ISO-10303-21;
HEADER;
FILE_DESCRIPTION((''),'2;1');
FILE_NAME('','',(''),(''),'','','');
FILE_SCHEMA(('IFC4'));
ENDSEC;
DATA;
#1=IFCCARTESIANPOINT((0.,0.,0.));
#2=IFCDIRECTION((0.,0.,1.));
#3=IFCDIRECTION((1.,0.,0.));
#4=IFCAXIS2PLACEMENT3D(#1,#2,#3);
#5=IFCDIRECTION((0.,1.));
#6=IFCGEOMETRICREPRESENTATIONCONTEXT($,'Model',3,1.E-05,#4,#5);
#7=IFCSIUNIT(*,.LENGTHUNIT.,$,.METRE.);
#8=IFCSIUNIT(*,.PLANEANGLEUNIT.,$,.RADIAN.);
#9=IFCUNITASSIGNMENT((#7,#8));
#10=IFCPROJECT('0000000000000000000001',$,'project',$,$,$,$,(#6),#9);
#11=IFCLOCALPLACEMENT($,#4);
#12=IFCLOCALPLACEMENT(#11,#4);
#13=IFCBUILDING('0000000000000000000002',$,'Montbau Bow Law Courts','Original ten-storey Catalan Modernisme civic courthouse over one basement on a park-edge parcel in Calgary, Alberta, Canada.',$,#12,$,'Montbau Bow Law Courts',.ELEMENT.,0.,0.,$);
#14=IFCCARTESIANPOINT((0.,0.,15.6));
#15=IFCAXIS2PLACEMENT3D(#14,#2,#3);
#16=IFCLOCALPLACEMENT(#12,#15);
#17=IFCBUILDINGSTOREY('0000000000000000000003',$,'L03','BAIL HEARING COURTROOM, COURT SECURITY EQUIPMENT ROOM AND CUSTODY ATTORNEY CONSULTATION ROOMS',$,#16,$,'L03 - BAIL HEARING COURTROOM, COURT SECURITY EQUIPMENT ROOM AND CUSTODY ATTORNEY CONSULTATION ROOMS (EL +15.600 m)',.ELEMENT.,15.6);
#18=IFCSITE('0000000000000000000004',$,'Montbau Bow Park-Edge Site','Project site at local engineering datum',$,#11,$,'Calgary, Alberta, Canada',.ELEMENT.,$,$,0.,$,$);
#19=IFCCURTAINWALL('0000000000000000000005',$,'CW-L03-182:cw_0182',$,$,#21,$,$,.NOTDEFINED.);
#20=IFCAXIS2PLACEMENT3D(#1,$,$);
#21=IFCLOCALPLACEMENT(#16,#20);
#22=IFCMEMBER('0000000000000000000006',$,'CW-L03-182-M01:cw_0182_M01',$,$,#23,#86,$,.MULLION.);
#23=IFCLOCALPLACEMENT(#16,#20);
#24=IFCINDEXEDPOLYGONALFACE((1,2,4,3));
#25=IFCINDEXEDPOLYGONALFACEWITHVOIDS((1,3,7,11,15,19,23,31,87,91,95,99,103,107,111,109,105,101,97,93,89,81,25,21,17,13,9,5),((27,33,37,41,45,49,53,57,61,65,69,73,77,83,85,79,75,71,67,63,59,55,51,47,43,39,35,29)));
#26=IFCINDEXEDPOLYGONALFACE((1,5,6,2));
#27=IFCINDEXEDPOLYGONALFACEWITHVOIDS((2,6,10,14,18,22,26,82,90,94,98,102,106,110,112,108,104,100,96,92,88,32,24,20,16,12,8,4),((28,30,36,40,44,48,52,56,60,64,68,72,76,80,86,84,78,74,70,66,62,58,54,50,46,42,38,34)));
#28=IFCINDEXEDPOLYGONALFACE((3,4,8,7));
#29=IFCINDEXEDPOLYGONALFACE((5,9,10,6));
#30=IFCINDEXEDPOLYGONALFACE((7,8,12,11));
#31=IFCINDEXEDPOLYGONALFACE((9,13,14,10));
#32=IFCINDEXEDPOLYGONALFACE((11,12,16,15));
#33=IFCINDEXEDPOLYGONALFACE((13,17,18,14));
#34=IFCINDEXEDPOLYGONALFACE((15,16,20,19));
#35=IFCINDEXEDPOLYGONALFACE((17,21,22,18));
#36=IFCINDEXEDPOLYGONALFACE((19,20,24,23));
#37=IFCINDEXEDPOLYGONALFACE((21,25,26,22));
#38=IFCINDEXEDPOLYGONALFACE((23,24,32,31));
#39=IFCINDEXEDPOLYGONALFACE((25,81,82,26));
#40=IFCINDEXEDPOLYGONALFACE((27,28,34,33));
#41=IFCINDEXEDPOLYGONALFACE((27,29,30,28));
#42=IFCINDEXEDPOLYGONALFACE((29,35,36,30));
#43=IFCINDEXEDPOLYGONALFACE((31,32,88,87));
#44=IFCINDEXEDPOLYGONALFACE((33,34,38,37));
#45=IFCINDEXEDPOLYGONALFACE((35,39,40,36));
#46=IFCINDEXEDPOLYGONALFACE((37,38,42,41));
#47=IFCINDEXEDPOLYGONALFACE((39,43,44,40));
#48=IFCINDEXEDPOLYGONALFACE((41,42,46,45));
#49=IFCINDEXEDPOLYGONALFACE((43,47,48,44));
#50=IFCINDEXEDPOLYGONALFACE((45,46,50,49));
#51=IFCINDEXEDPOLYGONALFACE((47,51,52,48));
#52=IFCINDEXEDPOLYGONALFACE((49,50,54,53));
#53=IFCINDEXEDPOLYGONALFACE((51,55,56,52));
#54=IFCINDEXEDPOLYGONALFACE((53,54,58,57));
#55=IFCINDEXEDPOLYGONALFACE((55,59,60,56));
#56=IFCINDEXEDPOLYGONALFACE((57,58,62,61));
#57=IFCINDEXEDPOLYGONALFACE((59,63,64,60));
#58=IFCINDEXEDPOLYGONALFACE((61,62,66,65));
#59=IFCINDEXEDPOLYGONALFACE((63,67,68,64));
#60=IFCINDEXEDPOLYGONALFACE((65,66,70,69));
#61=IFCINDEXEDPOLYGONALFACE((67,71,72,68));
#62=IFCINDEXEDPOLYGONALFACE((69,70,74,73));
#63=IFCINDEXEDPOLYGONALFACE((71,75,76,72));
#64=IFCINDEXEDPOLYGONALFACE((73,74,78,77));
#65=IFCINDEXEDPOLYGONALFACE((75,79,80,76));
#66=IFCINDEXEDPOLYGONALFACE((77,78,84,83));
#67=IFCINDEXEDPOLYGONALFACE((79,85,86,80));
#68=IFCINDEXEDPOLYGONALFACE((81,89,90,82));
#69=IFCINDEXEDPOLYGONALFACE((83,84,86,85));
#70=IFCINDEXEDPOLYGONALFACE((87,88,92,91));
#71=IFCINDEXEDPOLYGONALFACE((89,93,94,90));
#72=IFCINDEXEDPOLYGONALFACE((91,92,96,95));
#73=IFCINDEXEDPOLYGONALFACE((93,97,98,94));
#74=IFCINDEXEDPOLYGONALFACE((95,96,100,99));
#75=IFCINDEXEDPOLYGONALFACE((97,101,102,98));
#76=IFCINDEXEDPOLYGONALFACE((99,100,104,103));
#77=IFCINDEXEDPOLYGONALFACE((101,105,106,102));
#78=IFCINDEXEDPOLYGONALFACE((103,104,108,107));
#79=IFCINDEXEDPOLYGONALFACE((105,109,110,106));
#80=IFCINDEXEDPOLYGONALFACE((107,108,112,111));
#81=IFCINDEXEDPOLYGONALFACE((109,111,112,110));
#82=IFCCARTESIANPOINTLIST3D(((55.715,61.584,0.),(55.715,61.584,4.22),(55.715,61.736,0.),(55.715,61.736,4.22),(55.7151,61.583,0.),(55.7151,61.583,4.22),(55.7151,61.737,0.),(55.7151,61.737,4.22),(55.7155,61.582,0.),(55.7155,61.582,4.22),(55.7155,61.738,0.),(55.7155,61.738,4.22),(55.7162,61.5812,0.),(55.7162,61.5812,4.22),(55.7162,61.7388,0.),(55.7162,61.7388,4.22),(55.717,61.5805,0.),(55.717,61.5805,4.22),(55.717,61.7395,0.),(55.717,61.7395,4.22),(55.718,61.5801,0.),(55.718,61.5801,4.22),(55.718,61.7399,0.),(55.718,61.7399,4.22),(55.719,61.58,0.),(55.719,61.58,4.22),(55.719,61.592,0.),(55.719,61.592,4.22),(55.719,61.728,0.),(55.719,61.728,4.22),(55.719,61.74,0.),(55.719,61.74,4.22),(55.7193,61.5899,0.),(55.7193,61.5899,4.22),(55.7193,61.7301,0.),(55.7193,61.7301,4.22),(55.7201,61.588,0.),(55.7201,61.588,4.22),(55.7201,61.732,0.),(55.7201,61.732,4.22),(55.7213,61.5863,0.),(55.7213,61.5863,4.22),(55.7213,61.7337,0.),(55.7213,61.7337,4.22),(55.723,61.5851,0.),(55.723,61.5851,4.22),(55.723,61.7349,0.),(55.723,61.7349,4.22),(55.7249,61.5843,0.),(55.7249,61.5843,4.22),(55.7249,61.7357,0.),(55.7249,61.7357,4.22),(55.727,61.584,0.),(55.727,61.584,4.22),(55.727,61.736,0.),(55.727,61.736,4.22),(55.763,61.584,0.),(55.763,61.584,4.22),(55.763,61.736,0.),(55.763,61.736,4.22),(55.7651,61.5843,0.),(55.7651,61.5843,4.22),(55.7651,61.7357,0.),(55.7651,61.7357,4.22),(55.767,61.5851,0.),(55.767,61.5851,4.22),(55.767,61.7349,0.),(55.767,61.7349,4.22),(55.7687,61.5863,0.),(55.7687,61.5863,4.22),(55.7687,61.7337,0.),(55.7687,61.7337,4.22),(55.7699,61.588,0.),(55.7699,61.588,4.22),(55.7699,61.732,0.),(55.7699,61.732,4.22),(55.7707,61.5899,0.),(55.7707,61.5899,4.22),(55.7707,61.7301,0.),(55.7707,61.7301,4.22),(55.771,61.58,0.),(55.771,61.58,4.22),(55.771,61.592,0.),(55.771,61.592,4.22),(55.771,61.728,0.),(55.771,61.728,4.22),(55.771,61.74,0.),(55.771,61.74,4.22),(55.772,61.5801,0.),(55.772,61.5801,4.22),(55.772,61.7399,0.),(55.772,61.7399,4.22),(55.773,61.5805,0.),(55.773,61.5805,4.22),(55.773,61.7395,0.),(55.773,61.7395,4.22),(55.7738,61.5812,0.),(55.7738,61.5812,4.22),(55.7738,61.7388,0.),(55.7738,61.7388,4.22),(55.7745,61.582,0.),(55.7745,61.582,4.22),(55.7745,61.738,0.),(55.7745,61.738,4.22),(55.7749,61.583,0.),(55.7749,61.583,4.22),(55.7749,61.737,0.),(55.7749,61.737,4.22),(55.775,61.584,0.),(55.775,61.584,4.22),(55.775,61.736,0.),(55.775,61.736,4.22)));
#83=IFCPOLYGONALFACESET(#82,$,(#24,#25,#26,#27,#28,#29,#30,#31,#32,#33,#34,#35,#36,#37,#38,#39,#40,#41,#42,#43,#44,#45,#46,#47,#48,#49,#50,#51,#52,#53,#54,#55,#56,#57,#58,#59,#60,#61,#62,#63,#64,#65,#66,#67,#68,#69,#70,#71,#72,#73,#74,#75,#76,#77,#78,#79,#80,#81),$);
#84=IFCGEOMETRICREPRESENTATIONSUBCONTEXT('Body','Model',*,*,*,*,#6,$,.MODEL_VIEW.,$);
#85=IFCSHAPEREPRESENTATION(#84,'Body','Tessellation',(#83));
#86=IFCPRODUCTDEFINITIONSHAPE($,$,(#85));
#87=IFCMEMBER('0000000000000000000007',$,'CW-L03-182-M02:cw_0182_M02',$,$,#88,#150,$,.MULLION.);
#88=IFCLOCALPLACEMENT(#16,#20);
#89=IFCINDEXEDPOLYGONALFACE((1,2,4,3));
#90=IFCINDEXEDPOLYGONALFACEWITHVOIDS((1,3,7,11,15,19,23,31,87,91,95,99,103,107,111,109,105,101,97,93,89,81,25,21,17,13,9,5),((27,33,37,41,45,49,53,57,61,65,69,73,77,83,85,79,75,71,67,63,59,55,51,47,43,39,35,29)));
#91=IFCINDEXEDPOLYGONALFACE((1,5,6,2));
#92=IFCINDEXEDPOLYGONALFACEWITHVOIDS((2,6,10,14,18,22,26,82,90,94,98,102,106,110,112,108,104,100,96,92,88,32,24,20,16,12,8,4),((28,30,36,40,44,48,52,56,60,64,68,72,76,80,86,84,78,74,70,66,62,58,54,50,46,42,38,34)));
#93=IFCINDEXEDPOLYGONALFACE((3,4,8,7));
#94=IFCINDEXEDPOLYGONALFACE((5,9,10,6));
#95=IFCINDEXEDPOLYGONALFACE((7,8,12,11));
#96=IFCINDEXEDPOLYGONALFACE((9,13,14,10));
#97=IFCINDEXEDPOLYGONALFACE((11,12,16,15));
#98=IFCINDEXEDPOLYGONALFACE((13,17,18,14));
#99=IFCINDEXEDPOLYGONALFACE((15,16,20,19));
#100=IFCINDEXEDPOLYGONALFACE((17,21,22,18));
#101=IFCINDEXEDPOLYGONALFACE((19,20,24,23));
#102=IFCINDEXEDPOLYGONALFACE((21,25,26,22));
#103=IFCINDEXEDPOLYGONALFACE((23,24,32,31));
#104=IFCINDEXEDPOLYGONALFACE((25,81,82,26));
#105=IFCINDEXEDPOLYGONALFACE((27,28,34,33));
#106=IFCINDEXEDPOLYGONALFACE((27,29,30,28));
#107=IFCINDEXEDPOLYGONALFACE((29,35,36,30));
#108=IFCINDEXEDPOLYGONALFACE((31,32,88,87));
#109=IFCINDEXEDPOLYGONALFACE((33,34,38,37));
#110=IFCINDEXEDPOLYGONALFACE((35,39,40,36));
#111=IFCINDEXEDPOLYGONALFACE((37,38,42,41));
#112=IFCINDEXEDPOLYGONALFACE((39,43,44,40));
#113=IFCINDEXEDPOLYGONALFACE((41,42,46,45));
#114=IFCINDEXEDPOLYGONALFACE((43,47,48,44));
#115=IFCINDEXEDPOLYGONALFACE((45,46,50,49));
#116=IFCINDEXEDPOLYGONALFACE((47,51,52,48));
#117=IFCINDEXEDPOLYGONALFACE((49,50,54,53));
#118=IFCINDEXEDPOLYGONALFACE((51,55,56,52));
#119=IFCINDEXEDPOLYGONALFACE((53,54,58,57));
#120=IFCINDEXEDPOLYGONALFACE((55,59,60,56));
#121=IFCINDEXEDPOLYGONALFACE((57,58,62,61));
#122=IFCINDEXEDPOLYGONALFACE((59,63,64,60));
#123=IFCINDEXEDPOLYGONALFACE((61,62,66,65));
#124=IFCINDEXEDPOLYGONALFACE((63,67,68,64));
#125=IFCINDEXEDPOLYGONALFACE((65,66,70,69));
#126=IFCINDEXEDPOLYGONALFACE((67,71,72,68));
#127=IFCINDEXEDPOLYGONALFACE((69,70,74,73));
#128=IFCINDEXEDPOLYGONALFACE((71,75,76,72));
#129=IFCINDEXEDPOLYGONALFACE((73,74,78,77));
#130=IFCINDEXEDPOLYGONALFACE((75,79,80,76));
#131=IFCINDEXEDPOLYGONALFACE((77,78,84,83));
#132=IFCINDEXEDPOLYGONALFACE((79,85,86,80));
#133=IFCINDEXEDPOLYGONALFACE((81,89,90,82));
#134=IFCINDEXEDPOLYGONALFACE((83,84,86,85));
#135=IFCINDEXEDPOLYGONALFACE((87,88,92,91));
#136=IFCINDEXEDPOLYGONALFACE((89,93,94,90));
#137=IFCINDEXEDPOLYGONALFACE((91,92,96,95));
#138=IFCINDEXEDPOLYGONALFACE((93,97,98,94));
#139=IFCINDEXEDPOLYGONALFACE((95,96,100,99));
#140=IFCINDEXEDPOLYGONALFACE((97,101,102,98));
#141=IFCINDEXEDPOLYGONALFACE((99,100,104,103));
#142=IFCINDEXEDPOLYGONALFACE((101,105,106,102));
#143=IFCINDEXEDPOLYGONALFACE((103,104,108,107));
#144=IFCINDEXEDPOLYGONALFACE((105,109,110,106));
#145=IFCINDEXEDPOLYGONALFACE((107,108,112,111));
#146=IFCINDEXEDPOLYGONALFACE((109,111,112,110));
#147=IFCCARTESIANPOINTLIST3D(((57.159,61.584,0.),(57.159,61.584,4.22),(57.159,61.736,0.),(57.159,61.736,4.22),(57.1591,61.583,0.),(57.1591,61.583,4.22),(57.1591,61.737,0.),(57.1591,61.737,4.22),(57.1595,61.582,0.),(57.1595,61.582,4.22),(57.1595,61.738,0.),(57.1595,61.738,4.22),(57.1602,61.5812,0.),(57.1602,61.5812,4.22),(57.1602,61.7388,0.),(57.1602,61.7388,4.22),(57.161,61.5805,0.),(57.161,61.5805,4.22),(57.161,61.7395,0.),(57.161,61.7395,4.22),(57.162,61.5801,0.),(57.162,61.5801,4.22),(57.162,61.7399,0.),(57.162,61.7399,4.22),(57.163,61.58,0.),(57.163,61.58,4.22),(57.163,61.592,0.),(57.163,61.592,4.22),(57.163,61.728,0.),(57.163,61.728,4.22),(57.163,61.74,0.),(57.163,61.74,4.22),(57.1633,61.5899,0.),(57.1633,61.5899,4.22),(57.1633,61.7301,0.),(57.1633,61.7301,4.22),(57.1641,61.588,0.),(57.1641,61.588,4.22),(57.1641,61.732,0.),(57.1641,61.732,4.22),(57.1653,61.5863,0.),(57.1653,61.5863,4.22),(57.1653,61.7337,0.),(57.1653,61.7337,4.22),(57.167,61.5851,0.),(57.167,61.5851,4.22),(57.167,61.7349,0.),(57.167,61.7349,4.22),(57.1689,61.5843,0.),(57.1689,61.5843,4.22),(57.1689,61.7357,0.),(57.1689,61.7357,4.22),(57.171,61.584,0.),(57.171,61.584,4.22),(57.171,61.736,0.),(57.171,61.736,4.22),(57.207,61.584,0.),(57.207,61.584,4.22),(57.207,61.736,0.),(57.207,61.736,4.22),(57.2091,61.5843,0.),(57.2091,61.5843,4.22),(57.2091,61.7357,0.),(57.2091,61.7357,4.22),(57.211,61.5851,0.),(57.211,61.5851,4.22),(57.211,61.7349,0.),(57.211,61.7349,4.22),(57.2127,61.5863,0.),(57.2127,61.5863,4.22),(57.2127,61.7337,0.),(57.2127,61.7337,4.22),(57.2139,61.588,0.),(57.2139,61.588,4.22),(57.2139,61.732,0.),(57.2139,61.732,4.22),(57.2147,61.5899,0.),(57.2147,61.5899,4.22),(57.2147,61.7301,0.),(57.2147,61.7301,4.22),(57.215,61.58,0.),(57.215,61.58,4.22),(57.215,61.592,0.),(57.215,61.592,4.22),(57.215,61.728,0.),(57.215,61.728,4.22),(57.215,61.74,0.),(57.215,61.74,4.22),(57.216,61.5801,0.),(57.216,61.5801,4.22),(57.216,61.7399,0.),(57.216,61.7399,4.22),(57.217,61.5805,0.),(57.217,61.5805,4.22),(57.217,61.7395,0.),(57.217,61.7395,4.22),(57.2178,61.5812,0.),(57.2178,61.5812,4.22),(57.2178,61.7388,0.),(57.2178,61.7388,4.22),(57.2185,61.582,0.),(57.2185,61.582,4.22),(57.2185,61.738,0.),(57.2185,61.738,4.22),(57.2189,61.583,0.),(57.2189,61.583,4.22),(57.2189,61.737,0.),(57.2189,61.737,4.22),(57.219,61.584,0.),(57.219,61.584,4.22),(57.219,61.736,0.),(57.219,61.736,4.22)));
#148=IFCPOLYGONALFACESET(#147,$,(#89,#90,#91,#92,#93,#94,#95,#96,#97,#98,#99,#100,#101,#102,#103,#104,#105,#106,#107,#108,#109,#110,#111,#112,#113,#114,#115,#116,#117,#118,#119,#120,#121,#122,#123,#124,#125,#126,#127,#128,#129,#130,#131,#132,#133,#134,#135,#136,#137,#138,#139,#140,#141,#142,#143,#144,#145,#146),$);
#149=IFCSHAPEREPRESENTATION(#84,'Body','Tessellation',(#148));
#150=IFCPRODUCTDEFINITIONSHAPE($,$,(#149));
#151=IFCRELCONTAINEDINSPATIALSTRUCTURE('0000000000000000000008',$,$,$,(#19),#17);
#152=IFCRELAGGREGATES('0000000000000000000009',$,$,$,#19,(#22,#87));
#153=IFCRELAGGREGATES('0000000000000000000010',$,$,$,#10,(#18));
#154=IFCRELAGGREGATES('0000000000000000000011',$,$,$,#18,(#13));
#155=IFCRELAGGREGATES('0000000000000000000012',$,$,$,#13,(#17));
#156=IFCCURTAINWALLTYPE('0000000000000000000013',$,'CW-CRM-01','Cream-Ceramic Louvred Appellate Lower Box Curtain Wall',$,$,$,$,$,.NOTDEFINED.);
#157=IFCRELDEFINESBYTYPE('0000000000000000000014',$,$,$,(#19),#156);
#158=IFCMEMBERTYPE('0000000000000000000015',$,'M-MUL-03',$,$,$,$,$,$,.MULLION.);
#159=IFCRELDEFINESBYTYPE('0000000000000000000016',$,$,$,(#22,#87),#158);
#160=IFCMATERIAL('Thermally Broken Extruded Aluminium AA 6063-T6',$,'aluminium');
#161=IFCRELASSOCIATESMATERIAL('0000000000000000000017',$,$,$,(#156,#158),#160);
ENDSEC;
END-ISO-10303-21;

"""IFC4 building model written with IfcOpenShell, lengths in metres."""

from ifc_helpers import new_model, si_unit, direction, frame, origin_with_axes, origin_2d_with_axis, place, context, subcontext, project, spatial, hollow_rectangle, extrude, material, material_profile, profile_set, type_object, element, aggregate, save


model = new_model("IFC4")

# Units and contexts
model_context = context("Model", 3, precision=1e-05, world=origin_with_axes(), true_north=direction((0.0, 1.0)))
body_context = subcontext(model_context, "Body", "Model", "MODEL_VIEW")
ifc_project = project(units=[si_unit("LENGTHUNIT", "METRE"), si_unit("PLANEANGLEUNIT", "RADIAN")], contexts=[model_context])

# Site, building, storey
site_placement = place(None, origin_with_axes())
site = spatial("IfcSite", under=ifc_project, at=site_placement, Name="Montbau Bow Park-Edge Site", Description="Project site at local engineering datum", LongName="Calgary, Alberta, Canada", CompositionType="ELEMENT", RefElevation=0.0)
building_placement = place(site_placement, origin_with_axes())
building = spatial("IfcBuilding", under=site, at=building_placement, Name="Montbau Bow Law Courts", Description="Original ten-storey Catalan Modernisme civic courthouse over one basement on a park-edge parcel in Calgary, Alberta, Canada.", LongName="Montbau Bow Law Courts", CompositionType="ELEMENT", ElevationOfRefHeight=0.0, ElevationOfTerrain=0.0)
storey_placement = place(building_placement, frame((0.0, 0.0, 15.6), z_axis=(0.0, 0.0, 1.0), x_axis=(1.0, 0.0, 0.0)))
storey = spatial("IfcBuildingStorey", under=building, at=storey_placement, Name="L03", Description="BAIL HEARING COURTROOM, COURT SECURITY EQUIPMENT ROOM AND CUSTODY ATTORNEY CONSULTATION ROOMS", LongName="L03 - BAIL HEARING COURTROOM, COURT SECURITY EQUIPMENT ROOM AND CUSTODY ATTORNEY CONSULTATION ROOMS (EL +15.600 m)", CompositionType="ELEMENT", Elevation=15.6)

# Curtain wall, members
ifc_material_1 = material(Name="Thermally Broken Extruded Aluminium AA 6063-T6", Category="aluminium")
curtain_wall_type = type_object("IfcCurtainWallType", Name="CW-CRM-01", Description="Cream-Ceramic Louvred Appellate Lower Box Curtain Wall", PredefinedType="NOTDEFINED", material=ifc_material_1)
curtain_wall_1_placement = place(None, frame((55.715, 61.66, 15.6), z_axis=(0.0, 0.0, 1.0), x_axis=(1.0, 0.0, 0.0)))
curtain_wall_1 = element("IfcCurtainWall", 1, at=curtain_wall_1_placement, inside=storey, type_object=curtain_wall_type, Name="CW-L03-182:cw_0182", PredefinedType="NOTDEFINED")
ifc_material_profile_1 = material_profile(ifc_material_1, hollow_rectangle(XDim=0.06, YDim=0.16, WallThickness=0.004, InnerFilletRadius=0.008, OuterFilletRadius=0.004, at=origin_2d_with_axis()), Name="CWM-160X60", Category="Main", Priority=0)
ifc_profile_set_1 = profile_set([ifc_material_profile_1], Name="Thermally Broken Extruded Aluminium AA 6063-T6")
member_type_1 = type_object("IfcMemberType", Name="M-MUL-03", PredefinedType="MULLION", material=ifc_profile_set_1)
member_1_placement = place(None, frame((55.745, 61.66, 15.6), z_axis=(0.0, 0.0, 1.0), x_axis=(1.0, 0.0, 0.0)))
member_1 = element("IfcMember", 2, at=member_1_placement, type_object=member_type_1, Name="CW-L03-182-M01:cw_0182_M01", PredefinedType="MULLION", context=body_context, shape_type="SweptSolid", body=[
    extrude(hollow_rectangle(XDim=0.06, YDim=0.16, WallThickness=0.004, InnerFilletRadius=0.008, OuterFilletRadius=0.004, at=origin_2d_with_axis()), origin_with_axes(), (0.0, 0.0, 1.0), 4.22),
])
member_2_placement = place(None, frame((57.189, 61.66, 15.6), z_axis=(0.0, 0.0, 1.0), x_axis=(1.0, 0.0, 0.0)))
member_2 = element("IfcMember", 3, at=member_2_placement, type_object=member_type_1, Name="CW-L03-182-M02:cw_0182_M02", PredefinedType="MULLION", context=body_context, shape_type="SweptSolid", body=[
    extrude(hollow_rectangle(XDim=0.06, YDim=0.16, WallThickness=0.004, InnerFilletRadius=0.008, OuterFilletRadius=0.004, at=origin_2d_with_axis()), origin_with_axes(), (0.0, 0.0, 1.0), 4.22),
])

aggregate(curtain_wall_1, [member_1, member_2])

save(model, "model.ifc")
